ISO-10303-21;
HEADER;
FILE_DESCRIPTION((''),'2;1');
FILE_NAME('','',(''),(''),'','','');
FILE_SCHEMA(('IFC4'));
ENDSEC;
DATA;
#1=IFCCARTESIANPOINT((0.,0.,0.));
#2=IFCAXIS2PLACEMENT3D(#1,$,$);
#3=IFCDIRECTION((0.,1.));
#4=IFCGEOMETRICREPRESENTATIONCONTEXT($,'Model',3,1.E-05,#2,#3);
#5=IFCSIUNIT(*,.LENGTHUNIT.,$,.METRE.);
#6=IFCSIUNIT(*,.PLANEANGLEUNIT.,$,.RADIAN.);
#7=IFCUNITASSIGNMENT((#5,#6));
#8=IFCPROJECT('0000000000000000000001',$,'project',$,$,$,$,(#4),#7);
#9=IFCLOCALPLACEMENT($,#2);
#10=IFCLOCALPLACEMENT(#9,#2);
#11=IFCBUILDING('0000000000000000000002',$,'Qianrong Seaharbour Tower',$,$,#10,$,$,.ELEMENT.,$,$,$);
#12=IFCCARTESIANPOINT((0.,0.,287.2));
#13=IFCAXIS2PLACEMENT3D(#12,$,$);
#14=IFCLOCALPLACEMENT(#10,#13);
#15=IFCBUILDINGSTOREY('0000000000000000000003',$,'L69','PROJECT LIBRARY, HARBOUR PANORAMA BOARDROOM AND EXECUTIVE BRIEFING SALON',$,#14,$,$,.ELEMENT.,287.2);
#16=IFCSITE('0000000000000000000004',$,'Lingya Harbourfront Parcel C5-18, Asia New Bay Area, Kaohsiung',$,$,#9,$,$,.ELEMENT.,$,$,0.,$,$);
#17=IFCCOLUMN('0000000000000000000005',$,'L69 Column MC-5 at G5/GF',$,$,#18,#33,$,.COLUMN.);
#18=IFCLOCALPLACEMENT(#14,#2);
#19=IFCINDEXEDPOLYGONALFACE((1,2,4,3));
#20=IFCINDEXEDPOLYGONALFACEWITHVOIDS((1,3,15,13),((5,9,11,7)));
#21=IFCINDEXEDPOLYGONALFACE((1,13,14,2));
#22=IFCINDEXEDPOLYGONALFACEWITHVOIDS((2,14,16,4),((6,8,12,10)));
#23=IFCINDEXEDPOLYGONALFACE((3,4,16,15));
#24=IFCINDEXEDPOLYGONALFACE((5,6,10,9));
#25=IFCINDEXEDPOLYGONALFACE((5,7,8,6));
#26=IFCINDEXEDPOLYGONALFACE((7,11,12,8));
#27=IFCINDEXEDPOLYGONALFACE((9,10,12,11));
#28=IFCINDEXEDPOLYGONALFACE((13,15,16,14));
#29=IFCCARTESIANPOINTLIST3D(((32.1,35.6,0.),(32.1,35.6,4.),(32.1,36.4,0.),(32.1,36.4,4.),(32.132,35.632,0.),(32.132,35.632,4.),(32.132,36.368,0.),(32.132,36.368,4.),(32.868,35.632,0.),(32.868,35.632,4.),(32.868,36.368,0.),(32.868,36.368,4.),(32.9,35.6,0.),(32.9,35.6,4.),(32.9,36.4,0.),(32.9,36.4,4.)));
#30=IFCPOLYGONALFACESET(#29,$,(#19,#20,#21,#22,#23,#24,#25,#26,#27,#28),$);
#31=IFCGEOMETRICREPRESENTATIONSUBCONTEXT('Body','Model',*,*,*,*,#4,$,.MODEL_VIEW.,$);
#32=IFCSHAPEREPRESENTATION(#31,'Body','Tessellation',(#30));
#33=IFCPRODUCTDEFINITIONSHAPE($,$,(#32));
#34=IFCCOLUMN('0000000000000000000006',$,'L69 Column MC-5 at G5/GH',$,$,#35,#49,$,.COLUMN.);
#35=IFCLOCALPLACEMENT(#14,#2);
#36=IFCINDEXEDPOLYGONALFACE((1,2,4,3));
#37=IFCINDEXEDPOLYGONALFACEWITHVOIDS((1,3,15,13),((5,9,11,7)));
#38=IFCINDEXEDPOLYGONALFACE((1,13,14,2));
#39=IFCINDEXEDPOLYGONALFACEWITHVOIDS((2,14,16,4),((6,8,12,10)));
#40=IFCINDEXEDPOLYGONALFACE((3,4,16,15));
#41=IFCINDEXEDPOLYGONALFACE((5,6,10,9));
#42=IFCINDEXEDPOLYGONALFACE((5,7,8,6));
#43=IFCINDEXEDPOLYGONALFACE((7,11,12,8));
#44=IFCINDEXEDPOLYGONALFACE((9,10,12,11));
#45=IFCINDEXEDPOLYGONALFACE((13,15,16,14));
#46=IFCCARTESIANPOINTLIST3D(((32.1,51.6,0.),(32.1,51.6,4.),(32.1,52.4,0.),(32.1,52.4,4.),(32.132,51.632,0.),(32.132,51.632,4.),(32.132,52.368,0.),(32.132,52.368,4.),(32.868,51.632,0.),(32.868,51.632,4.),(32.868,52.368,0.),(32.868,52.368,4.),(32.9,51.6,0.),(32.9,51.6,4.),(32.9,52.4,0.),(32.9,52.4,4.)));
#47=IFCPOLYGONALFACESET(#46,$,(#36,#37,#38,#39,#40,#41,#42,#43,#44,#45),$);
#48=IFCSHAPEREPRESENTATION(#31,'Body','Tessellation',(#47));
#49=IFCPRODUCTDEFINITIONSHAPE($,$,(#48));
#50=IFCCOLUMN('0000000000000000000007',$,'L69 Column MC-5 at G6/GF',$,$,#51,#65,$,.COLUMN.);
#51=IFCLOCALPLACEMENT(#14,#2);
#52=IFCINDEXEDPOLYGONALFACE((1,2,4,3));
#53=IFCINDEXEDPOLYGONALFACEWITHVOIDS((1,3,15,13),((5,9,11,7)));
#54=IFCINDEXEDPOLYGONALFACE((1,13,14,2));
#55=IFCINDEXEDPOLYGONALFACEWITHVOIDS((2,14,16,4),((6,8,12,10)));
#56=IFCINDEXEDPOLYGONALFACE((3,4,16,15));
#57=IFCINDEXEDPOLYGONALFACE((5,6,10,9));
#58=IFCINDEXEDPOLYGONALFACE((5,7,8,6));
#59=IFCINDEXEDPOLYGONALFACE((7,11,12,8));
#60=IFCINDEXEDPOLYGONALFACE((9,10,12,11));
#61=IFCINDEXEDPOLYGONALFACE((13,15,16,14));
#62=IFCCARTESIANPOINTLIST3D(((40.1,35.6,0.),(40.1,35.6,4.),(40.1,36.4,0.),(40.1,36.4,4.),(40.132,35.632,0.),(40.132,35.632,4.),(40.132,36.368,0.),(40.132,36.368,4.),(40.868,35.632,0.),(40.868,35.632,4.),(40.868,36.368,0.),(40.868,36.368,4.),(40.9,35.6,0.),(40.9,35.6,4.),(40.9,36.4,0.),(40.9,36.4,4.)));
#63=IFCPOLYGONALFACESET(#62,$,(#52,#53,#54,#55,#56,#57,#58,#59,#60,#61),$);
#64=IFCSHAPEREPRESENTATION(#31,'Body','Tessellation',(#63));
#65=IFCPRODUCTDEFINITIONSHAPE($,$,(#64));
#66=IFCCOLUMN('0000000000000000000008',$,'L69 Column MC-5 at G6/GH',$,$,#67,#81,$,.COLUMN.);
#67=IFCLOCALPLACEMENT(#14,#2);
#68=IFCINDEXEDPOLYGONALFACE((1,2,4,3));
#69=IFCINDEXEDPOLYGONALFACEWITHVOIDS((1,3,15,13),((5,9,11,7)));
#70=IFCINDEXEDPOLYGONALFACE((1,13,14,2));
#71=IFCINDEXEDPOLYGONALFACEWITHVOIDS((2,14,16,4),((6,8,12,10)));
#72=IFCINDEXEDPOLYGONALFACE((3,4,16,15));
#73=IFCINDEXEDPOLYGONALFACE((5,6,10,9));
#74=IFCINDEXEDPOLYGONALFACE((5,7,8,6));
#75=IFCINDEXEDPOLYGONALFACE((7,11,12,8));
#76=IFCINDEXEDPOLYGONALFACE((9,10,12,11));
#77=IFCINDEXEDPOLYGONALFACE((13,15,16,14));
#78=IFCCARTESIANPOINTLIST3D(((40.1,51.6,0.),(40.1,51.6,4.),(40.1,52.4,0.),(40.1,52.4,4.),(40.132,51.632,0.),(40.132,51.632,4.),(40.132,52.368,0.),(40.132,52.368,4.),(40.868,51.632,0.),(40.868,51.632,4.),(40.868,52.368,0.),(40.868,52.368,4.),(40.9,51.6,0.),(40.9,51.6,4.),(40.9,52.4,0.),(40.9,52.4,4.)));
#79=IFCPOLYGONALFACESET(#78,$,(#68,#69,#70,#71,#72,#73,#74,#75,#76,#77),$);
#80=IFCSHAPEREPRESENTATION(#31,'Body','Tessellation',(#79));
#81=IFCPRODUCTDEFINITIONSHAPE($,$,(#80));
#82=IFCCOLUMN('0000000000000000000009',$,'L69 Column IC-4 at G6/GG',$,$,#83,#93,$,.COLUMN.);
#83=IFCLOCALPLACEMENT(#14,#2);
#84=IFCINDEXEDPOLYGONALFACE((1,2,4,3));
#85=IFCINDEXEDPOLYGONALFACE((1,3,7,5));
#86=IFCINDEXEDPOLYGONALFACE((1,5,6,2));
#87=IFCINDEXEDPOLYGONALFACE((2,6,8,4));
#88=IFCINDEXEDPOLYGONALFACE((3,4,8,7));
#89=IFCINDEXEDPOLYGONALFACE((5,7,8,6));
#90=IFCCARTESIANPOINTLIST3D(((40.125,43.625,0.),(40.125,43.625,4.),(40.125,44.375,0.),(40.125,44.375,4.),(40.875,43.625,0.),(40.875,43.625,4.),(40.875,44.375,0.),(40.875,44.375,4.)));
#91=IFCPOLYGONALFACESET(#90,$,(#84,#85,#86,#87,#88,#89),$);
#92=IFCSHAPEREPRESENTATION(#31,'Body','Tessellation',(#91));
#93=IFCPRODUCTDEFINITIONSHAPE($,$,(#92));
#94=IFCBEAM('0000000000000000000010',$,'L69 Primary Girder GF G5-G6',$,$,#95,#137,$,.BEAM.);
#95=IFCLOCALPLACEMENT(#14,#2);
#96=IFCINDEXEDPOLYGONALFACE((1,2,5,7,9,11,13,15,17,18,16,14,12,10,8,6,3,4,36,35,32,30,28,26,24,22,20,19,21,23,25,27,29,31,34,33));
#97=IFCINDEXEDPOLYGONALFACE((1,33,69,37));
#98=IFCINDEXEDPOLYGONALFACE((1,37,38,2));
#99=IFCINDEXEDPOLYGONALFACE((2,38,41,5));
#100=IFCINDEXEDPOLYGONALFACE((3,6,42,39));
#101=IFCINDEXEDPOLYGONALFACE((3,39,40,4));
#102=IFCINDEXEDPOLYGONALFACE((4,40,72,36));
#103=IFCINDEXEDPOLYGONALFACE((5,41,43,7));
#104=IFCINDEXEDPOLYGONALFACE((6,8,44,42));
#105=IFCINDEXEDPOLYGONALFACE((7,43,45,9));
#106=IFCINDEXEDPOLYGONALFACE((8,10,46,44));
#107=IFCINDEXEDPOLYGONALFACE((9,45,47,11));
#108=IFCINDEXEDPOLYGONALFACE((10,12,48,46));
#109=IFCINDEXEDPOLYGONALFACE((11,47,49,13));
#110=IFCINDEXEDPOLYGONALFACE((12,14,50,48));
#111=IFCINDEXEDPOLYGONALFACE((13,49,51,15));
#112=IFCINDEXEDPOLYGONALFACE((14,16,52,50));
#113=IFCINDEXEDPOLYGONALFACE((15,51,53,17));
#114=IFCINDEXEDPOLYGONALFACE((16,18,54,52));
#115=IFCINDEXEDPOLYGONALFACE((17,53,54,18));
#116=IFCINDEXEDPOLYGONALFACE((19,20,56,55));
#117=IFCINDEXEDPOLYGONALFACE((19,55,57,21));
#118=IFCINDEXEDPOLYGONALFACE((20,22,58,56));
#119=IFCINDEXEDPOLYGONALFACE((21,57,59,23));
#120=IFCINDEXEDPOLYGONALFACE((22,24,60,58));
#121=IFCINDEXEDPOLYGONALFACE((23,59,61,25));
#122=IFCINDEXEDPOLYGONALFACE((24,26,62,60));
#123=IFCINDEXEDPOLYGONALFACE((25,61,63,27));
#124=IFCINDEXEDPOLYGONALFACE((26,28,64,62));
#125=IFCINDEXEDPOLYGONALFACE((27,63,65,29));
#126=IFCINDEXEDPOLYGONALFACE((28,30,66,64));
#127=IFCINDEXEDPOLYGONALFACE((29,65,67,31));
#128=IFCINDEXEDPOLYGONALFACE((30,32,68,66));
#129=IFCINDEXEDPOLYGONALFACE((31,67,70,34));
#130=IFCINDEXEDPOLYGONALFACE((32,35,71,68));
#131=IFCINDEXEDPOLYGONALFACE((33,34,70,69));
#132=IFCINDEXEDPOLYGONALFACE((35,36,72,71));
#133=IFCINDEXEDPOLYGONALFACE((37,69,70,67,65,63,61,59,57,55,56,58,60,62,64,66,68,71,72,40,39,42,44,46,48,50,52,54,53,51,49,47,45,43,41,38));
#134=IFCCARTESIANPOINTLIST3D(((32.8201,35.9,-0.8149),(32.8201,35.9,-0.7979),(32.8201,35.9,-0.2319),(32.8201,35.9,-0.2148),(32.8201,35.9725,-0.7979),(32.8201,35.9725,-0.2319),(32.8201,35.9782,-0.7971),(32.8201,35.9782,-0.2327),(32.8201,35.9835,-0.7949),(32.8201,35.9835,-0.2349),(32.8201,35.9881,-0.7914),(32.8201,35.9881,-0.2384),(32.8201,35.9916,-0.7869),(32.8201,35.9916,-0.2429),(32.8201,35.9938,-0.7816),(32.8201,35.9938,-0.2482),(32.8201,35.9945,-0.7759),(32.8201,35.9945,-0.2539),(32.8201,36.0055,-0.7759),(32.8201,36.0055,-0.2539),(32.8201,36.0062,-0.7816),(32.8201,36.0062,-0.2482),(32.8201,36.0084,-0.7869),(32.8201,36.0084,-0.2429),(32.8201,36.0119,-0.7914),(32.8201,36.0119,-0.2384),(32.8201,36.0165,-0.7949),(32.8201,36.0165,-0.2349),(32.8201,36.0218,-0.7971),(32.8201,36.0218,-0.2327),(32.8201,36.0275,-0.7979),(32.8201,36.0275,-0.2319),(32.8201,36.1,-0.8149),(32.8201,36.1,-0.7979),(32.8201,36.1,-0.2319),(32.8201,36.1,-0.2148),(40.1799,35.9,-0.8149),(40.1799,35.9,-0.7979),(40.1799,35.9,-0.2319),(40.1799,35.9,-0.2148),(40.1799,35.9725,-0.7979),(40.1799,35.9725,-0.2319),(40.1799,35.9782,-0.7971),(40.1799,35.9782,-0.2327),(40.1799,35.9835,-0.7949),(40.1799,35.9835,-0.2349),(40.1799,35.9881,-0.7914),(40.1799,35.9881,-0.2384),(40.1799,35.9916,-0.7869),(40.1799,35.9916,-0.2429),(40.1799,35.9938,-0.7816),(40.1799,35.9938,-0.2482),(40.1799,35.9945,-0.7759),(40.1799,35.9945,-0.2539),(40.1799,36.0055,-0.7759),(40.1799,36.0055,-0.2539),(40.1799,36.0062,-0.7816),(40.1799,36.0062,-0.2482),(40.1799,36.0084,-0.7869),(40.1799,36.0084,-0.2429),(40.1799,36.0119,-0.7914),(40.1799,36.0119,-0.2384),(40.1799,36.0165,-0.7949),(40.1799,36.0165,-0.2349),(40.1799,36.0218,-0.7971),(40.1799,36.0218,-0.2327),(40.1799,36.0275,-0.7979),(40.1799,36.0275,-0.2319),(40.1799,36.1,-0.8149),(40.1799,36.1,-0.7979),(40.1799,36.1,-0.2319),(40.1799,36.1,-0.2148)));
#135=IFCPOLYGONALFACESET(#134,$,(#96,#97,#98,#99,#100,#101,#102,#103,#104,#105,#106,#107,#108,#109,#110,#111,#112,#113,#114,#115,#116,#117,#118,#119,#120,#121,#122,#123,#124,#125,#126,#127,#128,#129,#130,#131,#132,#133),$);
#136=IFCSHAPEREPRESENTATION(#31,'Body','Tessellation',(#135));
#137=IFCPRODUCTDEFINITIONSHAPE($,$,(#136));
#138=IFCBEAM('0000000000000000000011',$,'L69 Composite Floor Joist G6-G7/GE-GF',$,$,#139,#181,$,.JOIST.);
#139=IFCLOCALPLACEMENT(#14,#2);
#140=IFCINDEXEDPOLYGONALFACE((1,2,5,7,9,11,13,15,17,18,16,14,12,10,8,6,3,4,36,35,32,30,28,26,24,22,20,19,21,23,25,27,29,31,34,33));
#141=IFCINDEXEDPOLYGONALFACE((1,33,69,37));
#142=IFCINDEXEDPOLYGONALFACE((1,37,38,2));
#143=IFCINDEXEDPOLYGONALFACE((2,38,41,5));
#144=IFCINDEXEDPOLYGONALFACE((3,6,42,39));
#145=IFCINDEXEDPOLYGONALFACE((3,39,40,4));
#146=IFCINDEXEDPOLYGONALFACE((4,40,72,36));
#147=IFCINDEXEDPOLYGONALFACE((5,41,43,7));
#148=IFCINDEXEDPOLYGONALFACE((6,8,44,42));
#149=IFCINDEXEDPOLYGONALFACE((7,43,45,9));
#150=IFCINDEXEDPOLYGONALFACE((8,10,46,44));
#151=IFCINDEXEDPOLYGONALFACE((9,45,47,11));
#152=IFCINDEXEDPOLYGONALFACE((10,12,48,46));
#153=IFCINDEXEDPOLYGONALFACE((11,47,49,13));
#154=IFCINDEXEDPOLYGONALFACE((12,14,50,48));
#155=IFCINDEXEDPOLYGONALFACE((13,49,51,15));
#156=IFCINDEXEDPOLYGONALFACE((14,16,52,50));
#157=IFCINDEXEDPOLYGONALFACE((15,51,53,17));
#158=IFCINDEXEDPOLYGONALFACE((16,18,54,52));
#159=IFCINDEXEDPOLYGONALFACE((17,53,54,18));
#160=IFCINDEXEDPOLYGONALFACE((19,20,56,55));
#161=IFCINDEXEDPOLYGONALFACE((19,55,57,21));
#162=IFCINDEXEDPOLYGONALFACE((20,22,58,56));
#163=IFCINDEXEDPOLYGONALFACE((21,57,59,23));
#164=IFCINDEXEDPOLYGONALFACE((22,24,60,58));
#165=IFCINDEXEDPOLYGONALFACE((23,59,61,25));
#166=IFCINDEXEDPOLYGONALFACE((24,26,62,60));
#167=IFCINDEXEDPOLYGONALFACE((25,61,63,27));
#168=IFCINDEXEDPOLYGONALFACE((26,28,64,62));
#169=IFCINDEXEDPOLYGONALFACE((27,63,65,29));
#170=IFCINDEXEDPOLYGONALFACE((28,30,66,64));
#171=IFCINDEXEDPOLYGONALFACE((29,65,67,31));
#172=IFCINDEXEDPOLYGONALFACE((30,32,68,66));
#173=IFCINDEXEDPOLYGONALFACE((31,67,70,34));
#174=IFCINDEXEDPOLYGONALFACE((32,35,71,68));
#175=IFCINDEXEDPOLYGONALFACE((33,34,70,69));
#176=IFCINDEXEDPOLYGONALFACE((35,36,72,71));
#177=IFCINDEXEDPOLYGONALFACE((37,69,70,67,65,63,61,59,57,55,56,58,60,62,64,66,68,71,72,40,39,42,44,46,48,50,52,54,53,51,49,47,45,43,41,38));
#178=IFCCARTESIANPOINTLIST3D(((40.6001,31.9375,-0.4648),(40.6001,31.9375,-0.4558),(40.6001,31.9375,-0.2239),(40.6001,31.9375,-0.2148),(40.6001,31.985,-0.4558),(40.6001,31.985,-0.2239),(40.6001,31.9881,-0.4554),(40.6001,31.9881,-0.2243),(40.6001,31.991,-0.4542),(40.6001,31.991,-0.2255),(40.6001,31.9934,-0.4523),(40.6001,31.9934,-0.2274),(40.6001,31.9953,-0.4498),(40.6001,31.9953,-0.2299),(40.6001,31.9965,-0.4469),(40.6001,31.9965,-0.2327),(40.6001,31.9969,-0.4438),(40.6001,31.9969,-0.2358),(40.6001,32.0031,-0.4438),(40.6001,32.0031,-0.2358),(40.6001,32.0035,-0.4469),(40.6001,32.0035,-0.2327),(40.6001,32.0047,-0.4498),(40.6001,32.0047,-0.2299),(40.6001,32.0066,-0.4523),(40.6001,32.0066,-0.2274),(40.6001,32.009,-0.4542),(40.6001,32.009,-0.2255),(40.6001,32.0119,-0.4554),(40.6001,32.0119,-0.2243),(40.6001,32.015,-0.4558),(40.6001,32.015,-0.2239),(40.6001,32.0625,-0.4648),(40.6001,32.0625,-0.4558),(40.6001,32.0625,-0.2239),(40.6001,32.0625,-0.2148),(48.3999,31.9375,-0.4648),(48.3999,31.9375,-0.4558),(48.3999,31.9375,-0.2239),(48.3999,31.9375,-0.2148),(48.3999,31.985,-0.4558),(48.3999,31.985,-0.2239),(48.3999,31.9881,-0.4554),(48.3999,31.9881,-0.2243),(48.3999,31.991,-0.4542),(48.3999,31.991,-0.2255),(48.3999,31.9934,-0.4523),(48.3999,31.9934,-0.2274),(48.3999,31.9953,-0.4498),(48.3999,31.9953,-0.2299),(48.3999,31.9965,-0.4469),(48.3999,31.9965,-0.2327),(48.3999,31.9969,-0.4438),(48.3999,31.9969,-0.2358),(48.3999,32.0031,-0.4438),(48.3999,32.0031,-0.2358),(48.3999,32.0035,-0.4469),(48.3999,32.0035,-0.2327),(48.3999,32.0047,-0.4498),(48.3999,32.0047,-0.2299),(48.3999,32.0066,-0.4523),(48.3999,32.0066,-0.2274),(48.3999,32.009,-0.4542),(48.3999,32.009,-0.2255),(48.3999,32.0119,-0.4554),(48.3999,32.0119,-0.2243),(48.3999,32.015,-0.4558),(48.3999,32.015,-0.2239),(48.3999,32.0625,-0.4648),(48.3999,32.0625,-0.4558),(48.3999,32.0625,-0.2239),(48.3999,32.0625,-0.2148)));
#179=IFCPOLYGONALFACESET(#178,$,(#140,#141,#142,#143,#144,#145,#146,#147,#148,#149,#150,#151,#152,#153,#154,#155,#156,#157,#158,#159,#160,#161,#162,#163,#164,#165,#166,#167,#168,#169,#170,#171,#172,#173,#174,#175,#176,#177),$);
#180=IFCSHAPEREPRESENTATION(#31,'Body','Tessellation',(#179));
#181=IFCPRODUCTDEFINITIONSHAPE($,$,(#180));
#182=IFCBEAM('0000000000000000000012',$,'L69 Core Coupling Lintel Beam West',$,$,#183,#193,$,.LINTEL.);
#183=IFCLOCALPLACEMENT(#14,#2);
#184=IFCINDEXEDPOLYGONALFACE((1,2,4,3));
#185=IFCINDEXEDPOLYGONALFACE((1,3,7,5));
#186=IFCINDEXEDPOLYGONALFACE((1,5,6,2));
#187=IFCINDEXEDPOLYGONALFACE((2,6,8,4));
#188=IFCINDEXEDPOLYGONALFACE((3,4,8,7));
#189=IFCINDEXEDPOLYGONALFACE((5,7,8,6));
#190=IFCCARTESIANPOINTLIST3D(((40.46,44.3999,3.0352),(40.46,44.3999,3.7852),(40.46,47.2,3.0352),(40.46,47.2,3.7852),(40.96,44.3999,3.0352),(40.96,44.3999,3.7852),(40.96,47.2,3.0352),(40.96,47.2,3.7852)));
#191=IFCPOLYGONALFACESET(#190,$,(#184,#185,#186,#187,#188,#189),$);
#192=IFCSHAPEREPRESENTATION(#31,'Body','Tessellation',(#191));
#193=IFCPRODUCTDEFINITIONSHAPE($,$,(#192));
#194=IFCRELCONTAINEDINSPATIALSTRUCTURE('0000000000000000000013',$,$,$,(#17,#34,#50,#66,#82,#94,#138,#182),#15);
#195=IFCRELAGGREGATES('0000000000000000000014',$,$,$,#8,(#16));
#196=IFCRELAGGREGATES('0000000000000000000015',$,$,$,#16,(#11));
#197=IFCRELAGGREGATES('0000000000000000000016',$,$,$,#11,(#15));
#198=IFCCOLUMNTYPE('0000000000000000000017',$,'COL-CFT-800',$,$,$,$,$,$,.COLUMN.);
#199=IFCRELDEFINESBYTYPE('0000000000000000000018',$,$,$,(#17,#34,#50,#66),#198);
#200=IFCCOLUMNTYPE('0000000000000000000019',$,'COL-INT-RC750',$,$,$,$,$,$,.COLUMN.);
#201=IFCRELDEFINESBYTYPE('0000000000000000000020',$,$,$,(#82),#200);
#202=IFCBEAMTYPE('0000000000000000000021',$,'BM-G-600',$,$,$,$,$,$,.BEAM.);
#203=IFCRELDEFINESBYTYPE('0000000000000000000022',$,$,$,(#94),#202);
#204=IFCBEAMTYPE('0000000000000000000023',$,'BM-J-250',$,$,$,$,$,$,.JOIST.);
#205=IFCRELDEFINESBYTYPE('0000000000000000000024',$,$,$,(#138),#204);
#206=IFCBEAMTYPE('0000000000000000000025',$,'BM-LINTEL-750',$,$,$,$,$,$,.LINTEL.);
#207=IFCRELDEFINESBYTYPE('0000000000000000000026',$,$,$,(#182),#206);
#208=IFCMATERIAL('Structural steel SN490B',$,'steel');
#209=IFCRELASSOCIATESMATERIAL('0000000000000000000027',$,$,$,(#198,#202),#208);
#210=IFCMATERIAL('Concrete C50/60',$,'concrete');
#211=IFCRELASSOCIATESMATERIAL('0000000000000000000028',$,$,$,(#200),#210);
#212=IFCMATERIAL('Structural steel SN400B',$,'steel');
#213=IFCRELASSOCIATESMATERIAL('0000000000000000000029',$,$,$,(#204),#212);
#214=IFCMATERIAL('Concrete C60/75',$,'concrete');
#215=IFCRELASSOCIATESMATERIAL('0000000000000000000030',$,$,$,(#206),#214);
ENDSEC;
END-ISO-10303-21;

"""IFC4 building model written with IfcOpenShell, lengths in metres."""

from ifc_helpers import new_model, si_unit, direction, frame, origin, origin_2d, place, context, subcontext, project, spatial, rectangle, hollow_rectangle, i_section, extrude, material, material_profile, profile_set, type_object, element, save


model = new_model("IFC4")

# Units and contexts
model_context = context("Model", 3, precision=1e-05, world=origin(), true_north=direction((0.0, 1.0)))
body_context = subcontext(model_context, "Body", "Model", "MODEL_VIEW")
ifc_project = project(units=[si_unit("LENGTHUNIT", "METRE"), si_unit("PLANEANGLEUNIT", "RADIAN")], contexts=[model_context])

# Site, building, storey
site_placement = place(None, origin())
site = spatial("IfcSite", under=ifc_project, at=site_placement, Name="Lingya Harbourfront Parcel C5-18, Asia New Bay Area, Kaohsiung", CompositionType="ELEMENT", RefElevation=0.0)
building_placement = place(site_placement, origin())
building = spatial("IfcBuilding", under=site, at=building_placement, Name="Qianrong Seaharbour Tower", CompositionType="ELEMENT")
storey_placement = place(building_placement, frame((0.0, 0.0, 287.2)))
storey = spatial("IfcBuildingStorey", under=building, at=storey_placement, Name="L69", Description="PROJECT LIBRARY, HARBOUR PANORAMA BOARDROOM AND EXECUTIVE BRIEFING SALON", CompositionType="ELEMENT", Elevation=287.2)

# Columns
ifc_material_1 = material(Name="Structural steel SN490B", Category="steel")
ifc_material_profile_1 = material_profile(ifc_material_1, hollow_rectangle(XDim=0.8, YDim=0.8, WallThickness=0.032, at=origin_2d()), Name="BOX800x800x32")
ifc_profile_set_1 = profile_set([ifc_material_profile_1], Name="Structural steel SN490B")
column_type_1 = type_object("IfcColumnType", Name="COL-CFT-800", PredefinedType="COLUMN", material=ifc_profile_set_1)
for number, where, z_axis, x_axis, name in (
    (1, (32.5, 36.0, 0.0), (0.0, 0.0, 1.0), (1.0, 0.0, 0.0), "L69 Column MC-5 at G5/GF"),
    (2, (32.5, 52.0, 0.0), (0.0, 0.0, 1.0), (1.0, 0.0, 0.0), "L69 Column MC-5 at G5/GH"),
    (3, (40.5, 36.0, 0.0), (0.0, 0.0, 1.0), (1.0, 0.0, 0.0), "L69 Column MC-5 at G6/GF"),
    (4, (40.5, 52.0, 0.0), (0.0, 0.0, 1.0), (1.0, 0.0, 0.0), "L69 Column MC-5 at G6/GH"),
):
    element("IfcColumn", number, at=place(storey_placement, frame(where, z_axis=z_axis, x_axis=x_axis)), inside=storey, type_object=column_type_1, Name=name, PredefinedType="COLUMN", context=body_context, shape_type="SweptSolid", body=[
        extrude(hollow_rectangle(XDim=0.8, YDim=0.8, WallThickness=0.032, at=origin_2d()), origin(), (0.0, 0.0, 1.0), 4.0),
    ])
ifc_material_2 = material(Name="Concrete C50/60", Category="concrete")
ifc_material_profile_2 = material_profile(ifc_material_2, rectangle(XDim=0.75, YDim=0.75, at=origin_2d()), Name="RC750x750")
ifc_profile_set_2 = profile_set([ifc_material_profile_2], Name="Concrete C50/60")
column_type_2 = type_object("IfcColumnType", Name="COL-INT-RC750", PredefinedType="COLUMN", material=ifc_profile_set_2)
column_placement = place(storey_placement, frame((40.5, 44.0, 0.0), z_axis=(0.0, 0.0, 1.0), x_axis=(1.0, 0.0, 0.0)))
element("IfcColumn", 5, at=column_placement, inside=storey, type_object=column_type_2, Name="L69 Column IC-4 at G6/GG", PredefinedType="COLUMN", context=body_context, shape_type="SweptSolid", body=[
    extrude(rectangle(XDim=0.75, YDim=0.75, at=origin_2d()), origin(), (0.0, 0.0, 1.0), 4.0),
])

# Beams
ifc_material_profile_3 = material_profile(ifc_material_1, i_section(OverallWidth=0.2, OverallDepth=0.6001, WebThickness=0.011, FlangeThickness=0.0171, FilletRadius=0.022, at=origin_2d()), Name="H600x200x11x17")
ifc_profile_set_3 = profile_set([ifc_material_profile_3], Name="Structural steel SN490B")
beam_type_1 = type_object("IfcBeamType", Name="BM-G-600", PredefinedType="BEAM", material=ifc_profile_set_3)
beam_1_placement = place(storey_placement, frame((32.8201, 36.0, -0.5149), z_axis=(1.0, 0.0, 0.0), x_axis=(0.0, 1.0, 0.0)))
element("IfcBeam", 6, at=beam_1_placement, inside=storey, type_object=beam_type_1, Name="L69 Primary Girder GF G5-G6", PredefinedType="BEAM", context=body_context, shape_type="SweptSolid", body=[
    extrude(i_section(OverallWidth=0.2, OverallDepth=0.6001, WebThickness=0.011, FlangeThickness=0.0171, FilletRadius=0.022, at=origin_2d()), origin(), (0.0, 0.0, 1.0), 7.3599),
])
ifc_material_3 = material(Name="Structural steel SN400B", Category="steel")
ifc_material_profile_4 = material_profile(ifc_material_3, i_section(OverallWidth=0.125, OverallDepth=0.25, WebThickness=0.0061, FlangeThickness=0.009, FilletRadius=0.012, at=origin_2d()), Name="H250x125x6x9")
ifc_profile_set_4 = profile_set([ifc_material_profile_4], Name="Structural steel SN400B")
beam_type_2 = type_object("IfcBeamType", Name="BM-J-250", PredefinedType="JOIST", material=ifc_profile_set_4)
beam_2_placement = place(storey_placement, frame((40.6001, 32.0, -0.3398), z_axis=(1.0, 0.0, 0.0), x_axis=(0.0, 1.0, 0.0)))
element("IfcBeam", 7, at=beam_2_placement, inside=storey, type_object=beam_type_2, Name="L69 Composite Floor Joist G6-G7/GE-GF", PredefinedType="JOIST", context=body_context, shape_type="SweptSolid", body=[
    extrude(i_section(OverallWidth=0.125, OverallDepth=0.25, WebThickness=0.0061, FlangeThickness=0.009, FilletRadius=0.012, at=origin_2d()), origin(), (0.0, 0.0, 1.0), 7.7998),
])
ifc_material_4 = material(Name="Concrete C60/75", Category="concrete")
ifc_material_profile_5 = material_profile(ifc_material_4, rectangle(XDim=0.5, YDim=0.75, at=origin_2d()), Name="RC500x750")
ifc_profile_set_5 = profile_set([ifc_material_profile_5], Name="Concrete C60/75")
beam_type_3 = type_object("IfcBeamType", Name="BM-LINTEL-750", PredefinedType="LINTEL", material=ifc_profile_set_5)
beam_3_placement = place(storey_placement, frame((40.71, 44.3999, 3.4102), z_axis=(0.0, 1.0, 0.0), x_axis=(-1.0, 0.0, 0.0)))
element("IfcBeam", 8, at=beam_3_placement, inside=storey, type_object=beam_type_3, Name="L69 Core Coupling Lintel Beam West", PredefinedType="LINTEL", context=body_context, shape_type="SweptSolid", body=[
    extrude(rectangle(XDim=0.5, YDim=0.75, at=origin_2d()), origin(), (0.0, 0.0, 1.0), 2.8),
])

save(model, "model.ifc")
